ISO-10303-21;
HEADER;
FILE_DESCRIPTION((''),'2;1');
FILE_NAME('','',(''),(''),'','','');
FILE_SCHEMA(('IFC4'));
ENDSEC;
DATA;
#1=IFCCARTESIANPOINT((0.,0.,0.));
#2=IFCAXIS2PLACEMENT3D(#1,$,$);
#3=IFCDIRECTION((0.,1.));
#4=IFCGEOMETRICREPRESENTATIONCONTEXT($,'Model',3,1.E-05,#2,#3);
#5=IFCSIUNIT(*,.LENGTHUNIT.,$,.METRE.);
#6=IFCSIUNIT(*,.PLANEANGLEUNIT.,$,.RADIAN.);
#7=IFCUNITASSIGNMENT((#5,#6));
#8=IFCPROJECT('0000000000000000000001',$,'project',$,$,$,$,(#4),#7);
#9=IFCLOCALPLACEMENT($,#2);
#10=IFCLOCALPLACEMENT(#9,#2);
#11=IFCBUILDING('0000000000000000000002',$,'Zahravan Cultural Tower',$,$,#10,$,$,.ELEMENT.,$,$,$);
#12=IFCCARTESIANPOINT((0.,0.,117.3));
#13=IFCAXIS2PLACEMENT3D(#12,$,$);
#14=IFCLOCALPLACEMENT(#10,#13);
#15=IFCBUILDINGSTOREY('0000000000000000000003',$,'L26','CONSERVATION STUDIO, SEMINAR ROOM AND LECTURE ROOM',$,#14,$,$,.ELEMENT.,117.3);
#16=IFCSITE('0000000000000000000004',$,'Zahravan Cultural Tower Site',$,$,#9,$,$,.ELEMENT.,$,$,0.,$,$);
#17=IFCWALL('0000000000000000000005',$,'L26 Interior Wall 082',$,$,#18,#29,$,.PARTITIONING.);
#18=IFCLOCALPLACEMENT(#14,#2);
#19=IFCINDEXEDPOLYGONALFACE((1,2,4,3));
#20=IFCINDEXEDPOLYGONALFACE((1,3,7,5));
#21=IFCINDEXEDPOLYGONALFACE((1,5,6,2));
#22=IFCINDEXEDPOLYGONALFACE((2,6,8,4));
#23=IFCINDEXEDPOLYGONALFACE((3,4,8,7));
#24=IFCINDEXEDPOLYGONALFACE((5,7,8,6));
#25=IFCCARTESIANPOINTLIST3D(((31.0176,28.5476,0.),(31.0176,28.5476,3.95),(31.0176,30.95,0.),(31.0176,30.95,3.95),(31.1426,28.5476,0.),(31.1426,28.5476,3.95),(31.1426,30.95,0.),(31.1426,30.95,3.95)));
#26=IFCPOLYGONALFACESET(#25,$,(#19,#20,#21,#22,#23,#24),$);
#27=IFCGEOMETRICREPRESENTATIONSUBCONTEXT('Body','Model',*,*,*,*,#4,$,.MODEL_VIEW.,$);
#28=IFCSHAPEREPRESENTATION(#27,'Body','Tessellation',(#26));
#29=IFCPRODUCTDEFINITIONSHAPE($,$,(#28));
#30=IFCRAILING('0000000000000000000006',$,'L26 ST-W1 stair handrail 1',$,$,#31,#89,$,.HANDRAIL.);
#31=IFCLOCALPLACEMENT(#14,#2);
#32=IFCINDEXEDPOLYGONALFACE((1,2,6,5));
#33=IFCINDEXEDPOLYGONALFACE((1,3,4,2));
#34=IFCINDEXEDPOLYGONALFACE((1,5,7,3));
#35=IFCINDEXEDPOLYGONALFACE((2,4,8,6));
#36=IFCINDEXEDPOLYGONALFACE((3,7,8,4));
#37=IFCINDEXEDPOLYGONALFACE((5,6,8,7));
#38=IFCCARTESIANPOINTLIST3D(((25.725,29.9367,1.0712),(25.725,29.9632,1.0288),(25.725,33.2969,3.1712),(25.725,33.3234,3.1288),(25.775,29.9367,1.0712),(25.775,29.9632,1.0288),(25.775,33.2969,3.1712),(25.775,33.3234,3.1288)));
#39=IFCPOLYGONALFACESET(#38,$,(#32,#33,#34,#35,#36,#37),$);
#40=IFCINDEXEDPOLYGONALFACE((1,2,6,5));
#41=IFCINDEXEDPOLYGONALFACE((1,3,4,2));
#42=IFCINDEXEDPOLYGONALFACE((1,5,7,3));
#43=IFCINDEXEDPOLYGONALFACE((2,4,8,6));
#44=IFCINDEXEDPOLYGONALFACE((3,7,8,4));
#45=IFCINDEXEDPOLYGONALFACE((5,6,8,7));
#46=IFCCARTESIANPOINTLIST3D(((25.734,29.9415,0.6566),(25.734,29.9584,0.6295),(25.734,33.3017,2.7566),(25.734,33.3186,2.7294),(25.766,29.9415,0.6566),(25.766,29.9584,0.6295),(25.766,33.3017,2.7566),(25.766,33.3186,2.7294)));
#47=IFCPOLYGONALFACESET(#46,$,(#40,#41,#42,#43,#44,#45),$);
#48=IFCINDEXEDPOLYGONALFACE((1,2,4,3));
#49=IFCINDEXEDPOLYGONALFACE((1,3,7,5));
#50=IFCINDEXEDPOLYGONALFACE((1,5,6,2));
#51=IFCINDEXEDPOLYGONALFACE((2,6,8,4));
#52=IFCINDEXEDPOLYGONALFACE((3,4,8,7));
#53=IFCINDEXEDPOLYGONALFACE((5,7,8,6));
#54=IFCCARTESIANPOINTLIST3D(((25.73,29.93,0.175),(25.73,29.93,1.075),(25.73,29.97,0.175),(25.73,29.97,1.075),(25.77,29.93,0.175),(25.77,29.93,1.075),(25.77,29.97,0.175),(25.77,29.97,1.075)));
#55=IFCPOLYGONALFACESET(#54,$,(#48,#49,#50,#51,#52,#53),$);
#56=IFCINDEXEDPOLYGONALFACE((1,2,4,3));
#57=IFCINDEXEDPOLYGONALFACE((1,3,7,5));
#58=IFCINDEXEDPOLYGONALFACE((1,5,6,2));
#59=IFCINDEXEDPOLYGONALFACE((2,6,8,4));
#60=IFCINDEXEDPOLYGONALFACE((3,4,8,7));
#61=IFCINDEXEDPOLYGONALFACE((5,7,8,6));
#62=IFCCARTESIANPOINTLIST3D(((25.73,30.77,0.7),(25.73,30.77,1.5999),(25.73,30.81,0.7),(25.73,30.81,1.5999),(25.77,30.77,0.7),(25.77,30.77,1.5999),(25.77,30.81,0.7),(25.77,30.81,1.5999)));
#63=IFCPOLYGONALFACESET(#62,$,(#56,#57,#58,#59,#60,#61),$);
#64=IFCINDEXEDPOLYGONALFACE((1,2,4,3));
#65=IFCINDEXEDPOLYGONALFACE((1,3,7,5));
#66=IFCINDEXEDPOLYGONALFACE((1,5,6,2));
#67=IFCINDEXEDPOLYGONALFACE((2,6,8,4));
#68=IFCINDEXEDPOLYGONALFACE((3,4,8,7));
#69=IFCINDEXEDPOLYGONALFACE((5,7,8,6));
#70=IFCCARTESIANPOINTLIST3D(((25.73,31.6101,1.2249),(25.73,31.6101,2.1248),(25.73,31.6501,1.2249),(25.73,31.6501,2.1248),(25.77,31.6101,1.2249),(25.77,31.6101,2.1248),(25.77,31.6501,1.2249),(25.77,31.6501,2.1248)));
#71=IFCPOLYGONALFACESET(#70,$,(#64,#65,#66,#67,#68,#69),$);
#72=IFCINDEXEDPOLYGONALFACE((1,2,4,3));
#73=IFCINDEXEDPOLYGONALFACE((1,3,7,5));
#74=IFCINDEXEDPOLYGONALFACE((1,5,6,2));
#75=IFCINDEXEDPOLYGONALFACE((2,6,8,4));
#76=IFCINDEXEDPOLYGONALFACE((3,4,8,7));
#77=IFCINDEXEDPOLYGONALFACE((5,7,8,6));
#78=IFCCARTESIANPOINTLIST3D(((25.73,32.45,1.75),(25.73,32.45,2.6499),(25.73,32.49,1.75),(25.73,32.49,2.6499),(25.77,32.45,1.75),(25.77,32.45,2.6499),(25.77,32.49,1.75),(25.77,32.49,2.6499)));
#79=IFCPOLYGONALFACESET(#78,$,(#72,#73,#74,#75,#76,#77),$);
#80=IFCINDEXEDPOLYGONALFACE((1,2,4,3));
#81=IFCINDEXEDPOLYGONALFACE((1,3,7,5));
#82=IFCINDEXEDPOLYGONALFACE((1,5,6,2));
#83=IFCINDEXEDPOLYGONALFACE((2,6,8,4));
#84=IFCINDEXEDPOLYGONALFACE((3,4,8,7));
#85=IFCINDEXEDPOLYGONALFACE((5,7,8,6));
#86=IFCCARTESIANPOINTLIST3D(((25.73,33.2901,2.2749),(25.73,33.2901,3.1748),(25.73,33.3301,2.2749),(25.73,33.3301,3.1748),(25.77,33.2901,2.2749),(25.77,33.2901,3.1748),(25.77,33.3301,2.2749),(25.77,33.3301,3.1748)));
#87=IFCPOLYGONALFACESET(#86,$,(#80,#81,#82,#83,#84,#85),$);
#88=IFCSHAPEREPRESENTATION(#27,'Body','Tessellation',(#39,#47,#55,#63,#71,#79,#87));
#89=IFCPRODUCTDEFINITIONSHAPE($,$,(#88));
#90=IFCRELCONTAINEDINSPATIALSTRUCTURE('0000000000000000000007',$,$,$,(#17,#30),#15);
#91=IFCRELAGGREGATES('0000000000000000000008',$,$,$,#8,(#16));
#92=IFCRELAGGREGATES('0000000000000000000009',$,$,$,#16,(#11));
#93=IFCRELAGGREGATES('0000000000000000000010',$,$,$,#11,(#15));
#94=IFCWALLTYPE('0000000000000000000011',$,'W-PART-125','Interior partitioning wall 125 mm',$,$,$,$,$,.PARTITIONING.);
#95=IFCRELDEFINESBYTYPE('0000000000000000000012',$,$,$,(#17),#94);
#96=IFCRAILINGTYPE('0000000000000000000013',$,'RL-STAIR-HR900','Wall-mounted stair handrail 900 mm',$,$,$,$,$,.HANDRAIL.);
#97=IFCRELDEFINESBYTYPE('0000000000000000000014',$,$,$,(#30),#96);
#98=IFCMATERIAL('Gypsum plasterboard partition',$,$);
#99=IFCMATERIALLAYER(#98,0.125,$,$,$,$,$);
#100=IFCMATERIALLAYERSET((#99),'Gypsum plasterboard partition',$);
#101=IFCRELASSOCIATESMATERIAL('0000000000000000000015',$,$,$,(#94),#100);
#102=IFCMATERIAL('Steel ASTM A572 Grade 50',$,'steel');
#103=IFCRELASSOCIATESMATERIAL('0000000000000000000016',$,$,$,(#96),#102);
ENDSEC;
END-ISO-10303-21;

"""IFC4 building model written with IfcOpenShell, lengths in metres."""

from ifc_helpers import new_model, si_unit, direction, frame, frame_2d, origin, origin_2d, place, context, subcontext, project, spatial, rectangle, extrude, source, transform, mapped, material, layer, layer_set, type_object, element, save


model = new_model("IFC4")

# Units and contexts
model_context = context("Model", 3, precision=1e-05, world=origin(), true_north=direction((0.0, 1.0)))
body_context = subcontext(model_context, "Body", "Model", "MODEL_VIEW")
ifc_project = project(units=[si_unit("LENGTHUNIT", "METRE"), si_unit("PLANEANGLEUNIT", "RADIAN")], contexts=[model_context])

# Site, building, storey
site_placement = place(None, origin())
site = spatial("IfcSite", under=ifc_project, at=site_placement, Name="Zahravan Cultural Tower Site", CompositionType="ELEMENT", RefElevation=0.0)
building_placement = place(site_placement, origin())
building = spatial("IfcBuilding", under=site, at=building_placement, Name="Zahravan Cultural Tower", CompositionType="ELEMENT")
storey_placement = place(building_placement, frame((0.0, 0.0, 117.3)))
storey = spatial("IfcBuildingStorey", under=building, at=storey_placement, Name="L26", Description="CONSERVATION STUDIO, SEMINAR ROOM AND LECTURE ROOM", CompositionType="ELEMENT", Elevation=117.3)

# Shared definitions
ifc_material_1 = material(Name="Steel ASTM A572 Grade 50", Category="steel")
ifc_material_2 = material(Name="Gypsum plasterboard partition")
ifc_layer_1 = layer(ifc_material_2, 0.125)
ifc_layer_set_1 = layer_set([ifc_layer_1], Name="Gypsum plasterboard partition")
wall_type_1 = type_object("IfcWallType", Name="W-PART-125", Description="Interior partitioning wall 125 mm", PredefinedType="PARTITIONING", material=ifc_layer_set_1)

# Wall
shared_shape_1 = source(origin(), body_context, "Body", "SweptSolid", [
    extrude(rectangle(XDim=2.4023, YDim=0.125, at=frame_2d((1.2012, 0.0))), origin(), (0.0, 0.0, 1.0), 3.95),
])
wall_1_placement = place(storey_placement, frame((31.0801, 28.5476, 0.0), z_axis=(0.0, 0.0, 1.0), x_axis=(0.0, 1.0, 0.0)))
element("IfcWall", 1, at=wall_1_placement, inside=storey, type_object=wall_type_1, Name="L26 Interior Wall 082", PredefinedType="PARTITIONING", context=body_context, shape_type="MappedRepresentation", body=[
    mapped(shared_shape_1, transform((0.0, 0.0, 0.0), x_axis=(1.0, 0.0, 0.0), y_axis=(0.0, 1.0, 0.0), z_axis=(0.0, 0.0, 1.0), scale=1.0)),
])

# Railing
railing_type = type_object("IfcRailingType", Name="RL-STAIR-HR900", Description="Wall-mounted stair handrail 900 mm", PredefinedType="HANDRAIL", material=ifc_material_1)
railing_placement = place(storey_placement, frame((25.75, 29.95, 0.175)))
element("IfcRailing", 2, at=railing_placement, inside=storey, type_object=railing_type, Name="L26 ST-W1 stair handrail 1", PredefinedType="HANDRAIL", context=body_context, shape_type="SweptSolid", body=[
    extrude(rectangle(XDim=0.05, YDim=0.05, at=origin_2d()), frame((0.0, 0.0, 0.875), z_axis=(0.0, 0.848023, 0.52996), x_axis=(-1.0, 0.0, 0.0)), (0.0, 0.0, 1.0), 3.9624),
    extrude(rectangle(XDim=0.032, YDim=0.032, at=origin_2d()), frame((0.0, 0.0, 0.468), z_axis=(0.0, 0.848023, 0.52996), x_axis=(-1.0, 0.0, 0.0)), (0.0, 0.0, 1.0), 3.9624),
    extrude(rectangle(XDim=0.04, YDim=0.04, at=origin_2d()), origin(), (0.0, 0.0, 1.0), 0.8999),
    extrude(rectangle(XDim=0.04, YDim=0.04, at=origin_2d()), frame((0.0, 0.8401, 0.5249)), (0.0, 0.0, 1.0), 0.8999),
    extrude(rectangle(XDim=0.04, YDim=0.04, at=origin_2d()), frame((0.0, 1.6802, 1.0498)), (0.0, 0.0, 1.0), 0.8999),
    extrude(rectangle(XDim=0.04, YDim=0.04, at=origin_2d()), frame((0.0, 2.52, 1.575)), (0.0, 0.0, 1.0), 0.8999),
    extrude(rectangle(XDim=0.04, YDim=0.04, at=origin_2d()), frame((0.0, 3.3601, 2.0999)), (0.0, 0.0, 1.0), 0.8999),
])

save(model, "model.ifc")
